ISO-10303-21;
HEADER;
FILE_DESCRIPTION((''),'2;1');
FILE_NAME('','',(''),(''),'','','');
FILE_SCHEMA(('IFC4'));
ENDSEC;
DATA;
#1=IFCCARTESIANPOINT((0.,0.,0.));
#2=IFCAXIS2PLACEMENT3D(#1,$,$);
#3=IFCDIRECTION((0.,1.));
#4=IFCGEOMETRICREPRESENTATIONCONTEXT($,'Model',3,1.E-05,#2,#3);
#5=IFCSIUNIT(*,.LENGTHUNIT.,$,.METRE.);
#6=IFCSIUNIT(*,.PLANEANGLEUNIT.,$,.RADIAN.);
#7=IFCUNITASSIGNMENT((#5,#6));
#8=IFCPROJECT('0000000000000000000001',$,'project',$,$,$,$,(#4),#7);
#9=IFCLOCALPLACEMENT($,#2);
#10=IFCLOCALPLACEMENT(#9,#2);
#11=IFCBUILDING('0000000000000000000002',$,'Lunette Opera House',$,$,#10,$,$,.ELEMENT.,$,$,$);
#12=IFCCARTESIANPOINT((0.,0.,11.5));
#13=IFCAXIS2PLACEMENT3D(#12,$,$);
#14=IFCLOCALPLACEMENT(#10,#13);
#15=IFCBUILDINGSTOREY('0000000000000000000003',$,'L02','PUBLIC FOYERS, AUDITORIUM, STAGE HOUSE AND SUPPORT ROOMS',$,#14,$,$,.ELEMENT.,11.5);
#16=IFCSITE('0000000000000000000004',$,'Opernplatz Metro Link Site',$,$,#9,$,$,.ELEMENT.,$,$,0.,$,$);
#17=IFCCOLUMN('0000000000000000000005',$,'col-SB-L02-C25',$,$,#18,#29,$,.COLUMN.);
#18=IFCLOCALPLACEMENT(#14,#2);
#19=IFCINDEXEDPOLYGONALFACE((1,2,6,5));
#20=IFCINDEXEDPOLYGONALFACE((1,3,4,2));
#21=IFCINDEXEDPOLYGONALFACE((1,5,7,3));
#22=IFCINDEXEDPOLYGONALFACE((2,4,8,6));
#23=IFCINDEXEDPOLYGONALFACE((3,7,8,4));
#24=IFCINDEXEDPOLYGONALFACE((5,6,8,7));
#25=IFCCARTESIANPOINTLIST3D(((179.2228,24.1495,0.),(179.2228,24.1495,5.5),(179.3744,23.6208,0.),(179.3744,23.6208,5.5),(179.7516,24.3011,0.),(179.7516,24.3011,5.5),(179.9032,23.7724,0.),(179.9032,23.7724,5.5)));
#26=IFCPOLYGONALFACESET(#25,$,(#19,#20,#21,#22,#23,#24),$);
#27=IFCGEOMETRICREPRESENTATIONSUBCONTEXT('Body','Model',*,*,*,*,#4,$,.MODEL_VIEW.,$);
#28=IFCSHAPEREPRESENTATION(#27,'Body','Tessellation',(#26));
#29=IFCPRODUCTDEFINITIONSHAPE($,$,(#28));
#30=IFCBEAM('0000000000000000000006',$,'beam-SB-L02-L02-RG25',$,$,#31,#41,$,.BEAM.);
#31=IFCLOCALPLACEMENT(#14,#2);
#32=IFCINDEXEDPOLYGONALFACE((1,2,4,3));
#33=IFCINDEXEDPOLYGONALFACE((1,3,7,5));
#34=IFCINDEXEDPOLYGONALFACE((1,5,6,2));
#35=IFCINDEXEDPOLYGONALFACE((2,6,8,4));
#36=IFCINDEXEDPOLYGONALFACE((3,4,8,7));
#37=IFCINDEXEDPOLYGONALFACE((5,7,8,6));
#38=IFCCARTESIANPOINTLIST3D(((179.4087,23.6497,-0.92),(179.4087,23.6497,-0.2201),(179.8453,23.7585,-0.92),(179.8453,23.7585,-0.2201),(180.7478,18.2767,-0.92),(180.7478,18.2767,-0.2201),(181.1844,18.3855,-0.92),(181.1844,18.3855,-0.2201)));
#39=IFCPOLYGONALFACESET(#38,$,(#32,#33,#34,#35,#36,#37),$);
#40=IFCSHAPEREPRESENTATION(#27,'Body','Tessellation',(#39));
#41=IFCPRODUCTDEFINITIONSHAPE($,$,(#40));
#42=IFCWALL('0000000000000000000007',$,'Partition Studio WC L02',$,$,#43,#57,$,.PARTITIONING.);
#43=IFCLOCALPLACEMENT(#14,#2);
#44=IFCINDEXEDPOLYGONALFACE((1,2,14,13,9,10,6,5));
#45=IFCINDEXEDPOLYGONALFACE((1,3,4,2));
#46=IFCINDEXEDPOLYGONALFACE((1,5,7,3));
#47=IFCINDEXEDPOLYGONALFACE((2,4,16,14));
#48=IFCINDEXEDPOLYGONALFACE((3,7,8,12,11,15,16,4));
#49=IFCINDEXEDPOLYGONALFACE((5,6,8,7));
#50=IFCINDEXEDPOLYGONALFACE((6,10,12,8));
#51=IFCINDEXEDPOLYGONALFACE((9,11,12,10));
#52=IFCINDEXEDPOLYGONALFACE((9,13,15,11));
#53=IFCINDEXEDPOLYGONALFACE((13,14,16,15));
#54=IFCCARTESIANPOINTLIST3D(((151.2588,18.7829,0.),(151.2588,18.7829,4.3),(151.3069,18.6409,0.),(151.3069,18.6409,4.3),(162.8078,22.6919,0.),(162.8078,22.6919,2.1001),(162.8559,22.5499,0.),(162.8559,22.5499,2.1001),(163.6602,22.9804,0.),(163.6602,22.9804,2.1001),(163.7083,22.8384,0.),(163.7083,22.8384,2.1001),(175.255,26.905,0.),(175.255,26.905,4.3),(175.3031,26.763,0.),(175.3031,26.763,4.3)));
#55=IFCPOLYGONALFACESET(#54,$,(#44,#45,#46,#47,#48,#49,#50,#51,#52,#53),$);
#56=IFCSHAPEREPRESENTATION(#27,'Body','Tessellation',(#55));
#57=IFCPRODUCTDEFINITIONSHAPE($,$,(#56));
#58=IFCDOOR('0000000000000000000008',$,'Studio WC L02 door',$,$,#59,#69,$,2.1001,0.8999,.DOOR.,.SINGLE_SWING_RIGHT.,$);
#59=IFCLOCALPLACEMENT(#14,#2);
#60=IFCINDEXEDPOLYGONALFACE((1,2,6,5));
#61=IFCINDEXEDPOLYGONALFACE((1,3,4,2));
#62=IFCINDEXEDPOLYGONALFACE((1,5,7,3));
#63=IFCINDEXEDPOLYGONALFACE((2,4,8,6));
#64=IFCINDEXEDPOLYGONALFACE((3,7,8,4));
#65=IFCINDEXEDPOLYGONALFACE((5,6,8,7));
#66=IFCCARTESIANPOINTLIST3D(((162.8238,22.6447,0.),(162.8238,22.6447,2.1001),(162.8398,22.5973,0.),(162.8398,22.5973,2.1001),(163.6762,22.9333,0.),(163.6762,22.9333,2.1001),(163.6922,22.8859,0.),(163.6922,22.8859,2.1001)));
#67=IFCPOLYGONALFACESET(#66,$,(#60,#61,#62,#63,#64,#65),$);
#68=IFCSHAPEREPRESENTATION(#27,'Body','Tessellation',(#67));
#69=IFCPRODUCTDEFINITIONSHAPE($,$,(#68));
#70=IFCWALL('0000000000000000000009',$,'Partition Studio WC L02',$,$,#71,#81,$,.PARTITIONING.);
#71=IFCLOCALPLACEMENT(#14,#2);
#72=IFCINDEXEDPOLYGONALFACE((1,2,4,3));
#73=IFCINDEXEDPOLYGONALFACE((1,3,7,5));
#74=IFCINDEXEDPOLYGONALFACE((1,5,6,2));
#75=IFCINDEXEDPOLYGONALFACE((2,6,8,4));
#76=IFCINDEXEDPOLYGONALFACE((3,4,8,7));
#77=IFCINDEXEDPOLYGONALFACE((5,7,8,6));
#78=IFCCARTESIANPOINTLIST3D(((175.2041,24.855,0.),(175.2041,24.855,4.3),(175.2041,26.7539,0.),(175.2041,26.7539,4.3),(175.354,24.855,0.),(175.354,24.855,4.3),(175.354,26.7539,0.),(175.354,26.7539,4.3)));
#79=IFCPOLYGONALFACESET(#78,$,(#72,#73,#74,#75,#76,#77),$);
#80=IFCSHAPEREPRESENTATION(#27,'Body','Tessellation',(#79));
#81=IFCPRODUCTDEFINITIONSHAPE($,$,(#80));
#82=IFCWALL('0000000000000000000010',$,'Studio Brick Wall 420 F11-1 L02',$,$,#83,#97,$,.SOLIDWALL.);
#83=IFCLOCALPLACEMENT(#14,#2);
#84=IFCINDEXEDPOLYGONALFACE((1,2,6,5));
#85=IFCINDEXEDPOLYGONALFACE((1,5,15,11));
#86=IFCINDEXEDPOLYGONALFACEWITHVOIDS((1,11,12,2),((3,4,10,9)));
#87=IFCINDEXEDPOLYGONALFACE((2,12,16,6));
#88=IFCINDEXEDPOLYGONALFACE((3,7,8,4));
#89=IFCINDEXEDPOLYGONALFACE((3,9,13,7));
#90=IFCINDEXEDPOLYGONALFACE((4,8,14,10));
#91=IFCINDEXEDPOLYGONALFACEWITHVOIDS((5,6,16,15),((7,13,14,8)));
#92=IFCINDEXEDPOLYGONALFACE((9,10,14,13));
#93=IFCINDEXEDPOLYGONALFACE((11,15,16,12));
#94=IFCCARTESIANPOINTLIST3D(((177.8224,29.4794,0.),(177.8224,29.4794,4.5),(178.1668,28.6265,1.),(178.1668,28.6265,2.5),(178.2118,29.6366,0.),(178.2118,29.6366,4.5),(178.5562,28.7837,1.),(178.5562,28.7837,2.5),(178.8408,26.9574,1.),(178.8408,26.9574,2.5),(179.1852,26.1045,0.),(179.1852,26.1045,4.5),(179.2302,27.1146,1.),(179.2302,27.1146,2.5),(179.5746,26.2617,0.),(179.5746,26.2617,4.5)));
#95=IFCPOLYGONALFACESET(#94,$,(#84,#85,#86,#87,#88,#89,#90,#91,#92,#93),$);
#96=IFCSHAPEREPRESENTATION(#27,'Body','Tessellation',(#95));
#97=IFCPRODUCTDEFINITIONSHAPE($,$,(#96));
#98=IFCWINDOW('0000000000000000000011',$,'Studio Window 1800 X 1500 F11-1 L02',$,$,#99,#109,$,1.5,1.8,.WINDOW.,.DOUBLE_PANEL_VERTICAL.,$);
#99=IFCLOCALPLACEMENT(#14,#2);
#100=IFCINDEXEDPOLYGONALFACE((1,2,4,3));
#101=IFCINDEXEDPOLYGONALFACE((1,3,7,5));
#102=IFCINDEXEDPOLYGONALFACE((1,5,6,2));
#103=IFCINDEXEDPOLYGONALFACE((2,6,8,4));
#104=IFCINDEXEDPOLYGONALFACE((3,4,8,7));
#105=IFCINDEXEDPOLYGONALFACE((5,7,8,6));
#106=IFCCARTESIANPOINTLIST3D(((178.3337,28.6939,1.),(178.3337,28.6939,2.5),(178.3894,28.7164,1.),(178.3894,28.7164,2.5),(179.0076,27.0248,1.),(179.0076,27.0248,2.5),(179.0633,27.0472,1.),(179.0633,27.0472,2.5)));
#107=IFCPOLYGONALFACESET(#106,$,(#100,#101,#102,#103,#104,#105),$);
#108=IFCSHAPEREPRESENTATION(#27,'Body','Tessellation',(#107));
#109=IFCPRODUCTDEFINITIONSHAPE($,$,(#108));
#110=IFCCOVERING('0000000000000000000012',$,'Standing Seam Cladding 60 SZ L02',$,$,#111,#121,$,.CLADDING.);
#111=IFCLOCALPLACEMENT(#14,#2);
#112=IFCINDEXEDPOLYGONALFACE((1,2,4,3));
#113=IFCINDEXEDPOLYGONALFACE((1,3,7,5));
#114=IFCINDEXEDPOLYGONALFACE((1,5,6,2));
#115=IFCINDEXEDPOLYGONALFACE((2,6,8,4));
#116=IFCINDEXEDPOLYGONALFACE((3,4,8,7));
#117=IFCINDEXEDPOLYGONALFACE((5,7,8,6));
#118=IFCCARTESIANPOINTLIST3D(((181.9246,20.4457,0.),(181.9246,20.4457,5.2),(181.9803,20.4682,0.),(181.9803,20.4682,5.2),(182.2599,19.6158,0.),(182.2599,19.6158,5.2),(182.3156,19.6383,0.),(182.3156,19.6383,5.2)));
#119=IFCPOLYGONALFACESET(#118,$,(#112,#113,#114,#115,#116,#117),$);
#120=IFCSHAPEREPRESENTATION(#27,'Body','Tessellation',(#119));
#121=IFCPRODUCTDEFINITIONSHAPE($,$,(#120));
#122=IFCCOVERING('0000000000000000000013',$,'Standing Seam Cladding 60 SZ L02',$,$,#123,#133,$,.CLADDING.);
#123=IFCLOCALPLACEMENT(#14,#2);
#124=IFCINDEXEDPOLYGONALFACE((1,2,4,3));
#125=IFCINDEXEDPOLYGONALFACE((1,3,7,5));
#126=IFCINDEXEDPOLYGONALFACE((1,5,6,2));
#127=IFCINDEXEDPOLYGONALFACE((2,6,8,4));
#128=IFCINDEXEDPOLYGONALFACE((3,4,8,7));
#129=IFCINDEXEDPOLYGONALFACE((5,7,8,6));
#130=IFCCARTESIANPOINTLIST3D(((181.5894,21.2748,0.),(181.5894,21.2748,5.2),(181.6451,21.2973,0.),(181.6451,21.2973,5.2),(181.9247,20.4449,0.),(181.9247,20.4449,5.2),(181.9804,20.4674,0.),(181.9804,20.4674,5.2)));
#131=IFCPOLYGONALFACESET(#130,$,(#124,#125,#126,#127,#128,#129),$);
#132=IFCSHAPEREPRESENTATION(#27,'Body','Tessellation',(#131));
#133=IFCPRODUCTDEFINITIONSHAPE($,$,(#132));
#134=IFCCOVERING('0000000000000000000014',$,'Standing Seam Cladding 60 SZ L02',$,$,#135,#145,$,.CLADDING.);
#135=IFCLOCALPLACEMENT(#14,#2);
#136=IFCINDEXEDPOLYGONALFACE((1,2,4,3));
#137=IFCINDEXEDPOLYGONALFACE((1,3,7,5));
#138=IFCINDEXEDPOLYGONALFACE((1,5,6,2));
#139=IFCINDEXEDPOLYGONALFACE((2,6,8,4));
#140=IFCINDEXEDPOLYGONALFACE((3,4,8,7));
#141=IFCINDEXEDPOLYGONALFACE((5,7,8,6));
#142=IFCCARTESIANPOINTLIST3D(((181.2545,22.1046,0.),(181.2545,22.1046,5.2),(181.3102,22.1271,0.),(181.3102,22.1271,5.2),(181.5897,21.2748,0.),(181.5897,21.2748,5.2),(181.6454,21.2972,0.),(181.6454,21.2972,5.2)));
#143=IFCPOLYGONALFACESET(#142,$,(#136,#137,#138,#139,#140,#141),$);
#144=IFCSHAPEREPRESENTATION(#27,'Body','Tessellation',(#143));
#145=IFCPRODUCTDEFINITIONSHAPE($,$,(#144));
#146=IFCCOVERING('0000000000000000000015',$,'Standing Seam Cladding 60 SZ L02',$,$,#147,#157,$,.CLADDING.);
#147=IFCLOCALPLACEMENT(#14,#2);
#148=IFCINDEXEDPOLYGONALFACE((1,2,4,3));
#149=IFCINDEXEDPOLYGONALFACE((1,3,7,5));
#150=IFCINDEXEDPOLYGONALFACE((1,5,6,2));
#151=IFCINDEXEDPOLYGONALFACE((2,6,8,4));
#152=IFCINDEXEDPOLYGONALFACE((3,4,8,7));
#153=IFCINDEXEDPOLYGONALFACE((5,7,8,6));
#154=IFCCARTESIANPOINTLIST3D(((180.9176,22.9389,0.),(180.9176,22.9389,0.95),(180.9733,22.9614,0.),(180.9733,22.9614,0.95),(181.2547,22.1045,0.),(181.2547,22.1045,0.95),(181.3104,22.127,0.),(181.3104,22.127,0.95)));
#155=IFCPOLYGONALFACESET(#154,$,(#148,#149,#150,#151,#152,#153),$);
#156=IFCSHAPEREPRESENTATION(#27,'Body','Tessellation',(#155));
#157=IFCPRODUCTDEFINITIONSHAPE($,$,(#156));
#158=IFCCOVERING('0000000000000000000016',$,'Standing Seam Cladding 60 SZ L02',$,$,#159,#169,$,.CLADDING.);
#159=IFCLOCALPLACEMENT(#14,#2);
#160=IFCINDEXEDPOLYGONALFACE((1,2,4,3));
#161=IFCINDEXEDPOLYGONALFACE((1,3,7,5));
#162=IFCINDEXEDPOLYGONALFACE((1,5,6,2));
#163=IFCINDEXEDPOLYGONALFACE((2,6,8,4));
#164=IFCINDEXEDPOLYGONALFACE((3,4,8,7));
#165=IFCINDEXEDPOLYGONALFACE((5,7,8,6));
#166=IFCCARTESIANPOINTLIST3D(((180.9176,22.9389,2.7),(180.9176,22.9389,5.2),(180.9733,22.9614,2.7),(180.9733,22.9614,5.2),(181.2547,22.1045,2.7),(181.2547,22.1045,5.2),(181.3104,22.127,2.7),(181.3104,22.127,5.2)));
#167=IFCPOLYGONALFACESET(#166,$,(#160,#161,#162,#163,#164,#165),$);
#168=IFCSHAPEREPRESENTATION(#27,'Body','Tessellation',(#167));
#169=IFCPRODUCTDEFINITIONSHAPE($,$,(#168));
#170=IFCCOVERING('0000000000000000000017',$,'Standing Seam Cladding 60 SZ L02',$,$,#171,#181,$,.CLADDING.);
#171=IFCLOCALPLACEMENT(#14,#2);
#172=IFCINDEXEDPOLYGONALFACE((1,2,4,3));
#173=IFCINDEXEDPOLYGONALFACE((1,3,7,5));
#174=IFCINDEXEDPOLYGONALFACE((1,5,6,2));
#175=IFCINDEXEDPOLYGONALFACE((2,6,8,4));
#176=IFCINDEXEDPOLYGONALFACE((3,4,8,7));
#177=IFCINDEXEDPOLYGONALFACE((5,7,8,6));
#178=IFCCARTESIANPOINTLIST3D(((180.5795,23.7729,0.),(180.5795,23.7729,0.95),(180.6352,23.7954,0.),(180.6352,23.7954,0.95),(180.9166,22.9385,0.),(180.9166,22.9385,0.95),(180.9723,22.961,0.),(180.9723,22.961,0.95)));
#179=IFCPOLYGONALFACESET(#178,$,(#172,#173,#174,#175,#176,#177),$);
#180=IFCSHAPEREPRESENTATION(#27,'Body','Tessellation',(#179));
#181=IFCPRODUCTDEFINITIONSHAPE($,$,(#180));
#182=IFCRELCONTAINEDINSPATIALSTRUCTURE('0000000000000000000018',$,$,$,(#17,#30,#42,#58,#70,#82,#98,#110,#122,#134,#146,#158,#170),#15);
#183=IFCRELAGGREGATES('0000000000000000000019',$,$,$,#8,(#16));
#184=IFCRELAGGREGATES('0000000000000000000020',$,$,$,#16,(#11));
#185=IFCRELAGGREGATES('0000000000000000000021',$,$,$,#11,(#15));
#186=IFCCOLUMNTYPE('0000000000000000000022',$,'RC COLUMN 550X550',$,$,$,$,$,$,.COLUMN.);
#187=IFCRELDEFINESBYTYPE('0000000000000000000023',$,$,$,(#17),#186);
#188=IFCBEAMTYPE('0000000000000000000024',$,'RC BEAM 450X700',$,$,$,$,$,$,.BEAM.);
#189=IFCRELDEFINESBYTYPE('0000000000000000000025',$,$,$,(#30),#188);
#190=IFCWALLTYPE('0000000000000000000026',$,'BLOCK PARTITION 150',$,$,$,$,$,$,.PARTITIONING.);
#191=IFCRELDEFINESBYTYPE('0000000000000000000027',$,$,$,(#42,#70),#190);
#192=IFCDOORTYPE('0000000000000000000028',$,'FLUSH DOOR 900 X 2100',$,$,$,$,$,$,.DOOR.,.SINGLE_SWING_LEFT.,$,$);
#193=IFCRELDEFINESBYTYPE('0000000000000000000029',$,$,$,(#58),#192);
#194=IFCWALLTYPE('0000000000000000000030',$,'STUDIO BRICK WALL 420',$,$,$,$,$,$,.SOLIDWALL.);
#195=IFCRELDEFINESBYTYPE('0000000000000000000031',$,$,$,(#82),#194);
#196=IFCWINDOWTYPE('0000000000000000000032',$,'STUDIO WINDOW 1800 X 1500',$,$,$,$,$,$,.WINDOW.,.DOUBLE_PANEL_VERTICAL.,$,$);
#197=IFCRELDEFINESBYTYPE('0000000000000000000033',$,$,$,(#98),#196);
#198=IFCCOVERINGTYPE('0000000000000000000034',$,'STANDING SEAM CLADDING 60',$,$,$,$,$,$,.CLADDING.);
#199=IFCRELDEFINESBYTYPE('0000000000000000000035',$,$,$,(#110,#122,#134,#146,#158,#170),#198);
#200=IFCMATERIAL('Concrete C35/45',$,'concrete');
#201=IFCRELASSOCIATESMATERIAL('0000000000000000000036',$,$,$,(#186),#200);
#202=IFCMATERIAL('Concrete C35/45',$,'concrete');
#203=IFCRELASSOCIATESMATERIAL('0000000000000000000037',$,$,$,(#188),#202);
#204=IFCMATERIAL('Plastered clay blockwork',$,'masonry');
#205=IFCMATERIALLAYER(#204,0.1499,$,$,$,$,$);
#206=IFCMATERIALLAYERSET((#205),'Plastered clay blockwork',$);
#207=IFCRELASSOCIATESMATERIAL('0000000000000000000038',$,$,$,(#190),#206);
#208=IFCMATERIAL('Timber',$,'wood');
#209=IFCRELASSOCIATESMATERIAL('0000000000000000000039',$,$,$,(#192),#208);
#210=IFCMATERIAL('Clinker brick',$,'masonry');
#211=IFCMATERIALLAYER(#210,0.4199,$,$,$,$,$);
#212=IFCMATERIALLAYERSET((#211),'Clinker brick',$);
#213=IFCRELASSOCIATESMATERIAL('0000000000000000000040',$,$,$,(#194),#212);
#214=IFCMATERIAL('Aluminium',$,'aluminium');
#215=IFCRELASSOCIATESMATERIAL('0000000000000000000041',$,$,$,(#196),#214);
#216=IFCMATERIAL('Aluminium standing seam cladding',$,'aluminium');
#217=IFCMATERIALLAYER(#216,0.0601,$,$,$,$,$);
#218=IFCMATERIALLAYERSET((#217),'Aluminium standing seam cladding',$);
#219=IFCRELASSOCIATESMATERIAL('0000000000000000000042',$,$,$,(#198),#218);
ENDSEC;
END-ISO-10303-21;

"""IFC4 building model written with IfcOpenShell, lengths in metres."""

from ifc_helpers import new_model, si_unit, direction, frame, frame_2d, origin, origin_2d, place, context, subcontext, project, spatial, rectangle, extrude, material, layer, layer_set, material_profile, profile_set, type_object, element, fill, save


model = new_model("IFC4")

# Units and contexts
model_context = context("Model", 3, precision=1e-05, world=origin(), true_north=direction((0.0, 1.0)))
body_context = subcontext(model_context, "Body", "Model", "MODEL_VIEW")
ifc_project = project(units=[si_unit("LENGTHUNIT", "METRE"), si_unit("PLANEANGLEUNIT", "RADIAN")], contexts=[model_context])

# Site, building, storey
site_placement = place(None, origin())
site = spatial("IfcSite", under=ifc_project, at=site_placement, Name="Opernplatz Metro Link Site", CompositionType="ELEMENT", RefElevation=0.0)
building_placement = place(site_placement, origin())
building = spatial("IfcBuilding", under=site, at=building_placement, Name="Lunette Opera House", CompositionType="ELEMENT")
storey_placement = place(building_placement, frame((0.0, 0.0, 11.5)))
storey = spatial("IfcBuildingStorey", under=building, at=storey_placement, Name="L02", Description="PUBLIC FOYERS, AUDITORIUM, STAGE HOUSE AND SUPPORT ROOMS", CompositionType="ELEMENT", Elevation=11.5)

# Column
ifc_material_1 = material(Name="Concrete C35/45", Category="concrete")
ifc_material_profile_1 = material_profile(ifc_material_1, rectangle(XDim=0.55, YDim=0.55, at=origin_2d()), Name="RC COLUMN 550X550")
ifc_profile_set_1 = profile_set([ifc_material_profile_1], Name="Concrete C35/45")
column_type = type_object("IfcColumnType", Name="RC COLUMN 550X550", PredefinedType="COLUMN", material=ifc_profile_set_1)
column_placement = place(storey_placement, frame((179.563, 23.9609, 0.0), z_axis=(0.0, 0.0, 1.0), x_axis=(0.275637, -0.961262, 0.0)))
element("IfcColumn", 1, at=column_placement, inside=storey, type_object=column_type, Name="col-SB-L02-C25", PredefinedType="COLUMN", context=body_context, shape_type="SweptSolid", body=[
    extrude(rectangle(XDim=0.55, YDim=0.55, at=origin_2d()), origin(), (0.0, 0.0, 1.0), 5.5),
])

# Beam
ifc_material_2 = material(Name="Concrete C35/45", Category="concrete")
ifc_material_profile_2 = material_profile(ifc_material_2, rectangle(XDim=0.45, YDim=0.7, at=origin_2d()), Name="RC BEAM 450X700")
ifc_profile_set_2 = profile_set([ifc_material_profile_2], Name="Concrete C35/45")
beam_type = type_object("IfcBeamType", Name="RC BEAM 450X700", PredefinedType="BEAM", material=ifc_profile_set_2)
beam_placement = place(storey_placement, frame((179.627, 23.7041, -0.5701), z_axis=(0.24183, -0.970319, 0.0), x_axis=(0.970319, 0.24183, 0.0)))
element("IfcBeam", 2, at=beam_placement, inside=storey, type_object=beam_type, Name="beam-SB-L02-L02-RG25", PredefinedType="BEAM", context=body_context, shape_type="SweptSolid", body=[
    extrude(rectangle(XDim=0.45, YDim=0.7, at=origin_2d()), origin(), (0.0, 0.0, 1.0), 5.5374),
])

# Wall, opening, door
ifc_material_3 = material(Name="Plastered clay blockwork", Category="masonry")
ifc_layer_1 = layer(ifc_material_3, 0.1499)
ifc_layer_set_1 = layer_set([ifc_layer_1], Name="Plastered clay blockwork")
wall_type_1 = type_object("IfcWallType", Name="BLOCK PARTITION 150", PredefinedType="PARTITIONING", material=ifc_layer_set_1)
wall_1_placement = place(storey_placement, frame((175.2791, 26.834, 0.0), z_axis=(0.0, 0.0, 1.0), x_axis=(-0.947212, -0.320607, 0.0)))
wall_1 = element("IfcWall", 3, at=wall_1_placement, inside=storey, type_object=wall_type_1, Name="Partition Studio WC L02", PredefinedType="PARTITIONING", context=body_context, shape_type="SweptSolid", body=[
    extrude(rectangle(XDim=25.3335, YDim=0.1499, at=frame_2d((12.6667, 0.0))), origin(), (0.0, 0.0, 1.0), 4.3),
])
opening_1_placement = place(wall_1_placement, frame((12.241, 0.0, 0.0)))
opening_1 = element("IfcOpeningElement", 4, at=opening_1_placement, cuts=wall_1, PredefinedType="OPENING", context=body_context, shape_type="SweptSolid", body=[
    extrude(rectangle(XDim=0.8999, YDim=2.1001, at=frame_2d((0.45, 1.05))), frame((0.0, 0.0869, 0.0), z_axis=(0.0, -1.0, 0.0), x_axis=(1.0, 0.0, 0.0)), (0.0, 0.0, 1.0), 0.1738),
])
ifc_material_4 = material(Name="Timber", Category="wood")
door_type = type_object("IfcDoorType", Name="FLUSH DOOR 900 X 2100", OperationType="SINGLE_SWING_LEFT", PredefinedType="DOOR", material=ifc_material_4)
door_placement = place(opening_1_placement, origin())
door = element("IfcDoor", 5, at=door_placement, inside=storey, type_object=door_type, Name="Studio WC L02 door", OperationType="SINGLE_SWING_RIGHT", OverallHeight=2.1001, OverallWidth=0.8999, PredefinedType="DOOR", context=body_context, shape_type="SweptSolid", body=[
    extrude(rectangle(XDim=0.8999, YDim=2.1001, at=frame_2d((0.45, 1.05))), frame((0.0, 0.0249, 0.0), z_axis=(0.0, -1.0, 0.0), x_axis=(1.0, 0.0, 0.0)), (0.0, 0.0, 1.0), 0.05),
])
fill(opening_1, door)

# Wall
wall_2_placement = place(storey_placement, frame((175.2791, 24.855, 0.0), z_axis=(0.0, 0.0, 1.0), x_axis=(0.0, 1.0, 0.0)))
element("IfcWall", 6, at=wall_2_placement, inside=storey, type_object=wall_type_1, Name="Partition Studio WC L02", PredefinedType="PARTITIONING", context=body_context, shape_type="SweptSolid", body=[
    extrude(rectangle(XDim=1.8989, YDim=0.1499, at=frame_2d((0.9495, 0.0))), origin(), (0.0, 0.0, 1.0), 4.3),
])

# Wall, opening, window
ifc_material_5 = material(Name="Clinker brick", Category="masonry")
ifc_layer_2 = layer(ifc_material_5, 0.4199)
ifc_layer_set_2 = layer_set([ifc_layer_2], Name="Clinker brick")
wall_type_2 = type_object("IfcWallType", Name="STUDIO BRICK WALL 420", PredefinedType="SOLIDWALL", material=ifc_layer_set_2)
wall_3_placement = place(storey_placement, frame((179.3799, 26.1831, 0.0), z_axis=(0.0, 0.0, 1.0), x_axis=(-0.374419, 0.92726, 0.0)))
wall_3 = element("IfcWall", 7, at=wall_3_placement, inside=storey, type_object=wall_type_2, Name="Studio Brick Wall 420 F11-1 L02", PredefinedType="SOLIDWALL", context=body_context, shape_type="SweptSolid", body=[
    extrude(rectangle(XDim=3.6396, YDim=0.4199, at=frame_2d((1.8198, 0.0))), origin(), (0.0, 0.0, 1.0), 4.5),
])
opening_2_placement = place(wall_3_placement, frame((0.9199, 0.0, 1.0)))
opening_2 = element("IfcOpeningElement", 8, at=opening_2_placement, cuts=wall_3, PredefinedType="OPENING", context=body_context, shape_type="SweptSolid", body=[
    extrude(rectangle(XDim=1.8, YDim=1.5, at=frame_2d((0.8999, 0.75))), frame((0.0, 0.2219, 0.0), z_axis=(0.0, -1.0, 0.0), x_axis=(1.0, 0.0, 0.0)), (0.0, 0.0, 1.0), 0.4438),
])
ifc_material_6 = material(Name="Aluminium", Category="aluminium")
window_type = type_object("IfcWindowType", Name="STUDIO WINDOW 1800 X 1500", PartitioningType="DOUBLE_PANEL_VERTICAL", PredefinedType="WINDOW", material=ifc_material_6)
window_placement = place(opening_2_placement, origin())
window = element("IfcWindow", 9, at=window_placement, inside=storey, type_object=window_type, Name="Studio Window 1800 X 1500 F11-1 L02", OverallHeight=1.5, OverallWidth=1.8, PartitioningType="DOUBLE_PANEL_VERTICAL", PredefinedType="WINDOW", context=body_context, shape_type="SweptSolid", body=[
    extrude(rectangle(XDim=1.8, YDim=1.5, at=frame_2d((0.8999, 0.75))), frame((0.0, 0.03, 0.0), z_axis=(0.0, -1.0, 0.0), x_axis=(1.0, 0.0, 0.0)), (0.0, 0.0, 1.0), 0.0601),
])
fill(opening_2, window)

# Coverings
ifc_material_7 = material(Name="Aluminium standing seam cladding", Category="aluminium")
ifc_layer_3 = layer(ifc_material_7, 0.0601)
ifc_layer_set_3 = layer_set([ifc_layer_3], Name="Aluminium standing seam cladding")
covering_type = type_object("IfcCoveringType", Name="STANDING SEAM CLADDING 60", PredefinedType="CLADDING", material=ifc_layer_set_3)
for number, where, z_axis, x_axis, name in (
    (10, (182.1201, 20.042, 0.0), (0.0, 0.0, 1.0), (-0.374587, 0.927192, 0.0), "Standing Seam Cladding 60 SZ L02"),
    (11, (181.7849, 20.8711, 0.0), (0.0, 0.0, 1.0), (-0.374587, 0.927192, 0.0), "Standing Seam Cladding 60 SZ L02"),
    (12, (181.45, 21.7009, 0.0), (0.0, 0.0, 1.0), (-0.374587, 0.927192, 0.0), "Standing Seam Cladding 60 SZ L02"),
):
    element("IfcCovering", number, at=place(storey_placement, frame(where, z_axis=z_axis, x_axis=x_axis)), inside=storey, type_object=covering_type, Name=name, PredefinedType="CLADDING", context=body_context, shape_type="SweptSolid", body=[
        extrude(rectangle(XDim=0.895, YDim=0.0601, at=origin_2d()), origin(), (0.0, 0.0, 1.0), 5.2),
    ])
covering_1_placement = place(storey_placement, frame((181.114, 22.533, 0.0), z_axis=(0.0, 0.0, 1.0), x_axis=(-0.374587, 0.927192, 0.0)))
element("IfcCovering", 13, at=covering_1_placement, inside=storey, type_object=covering_type, Name="Standing Seam Cladding 60 SZ L02", PredefinedType="CLADDING", context=body_context, shape_type="SweptSolid", body=[
    extrude(rectangle(XDim=0.8999, YDim=0.0601, at=origin_2d()), origin(), (0.0, 0.0, 1.0), 0.95),
])
covering_2_placement = place(storey_placement, frame((181.114, 22.533, 2.7), z_axis=(0.0, 0.0, 1.0), x_axis=(-0.374587, 0.927192, 0.0)))
element("IfcCovering", 14, at=covering_2_placement, inside=storey, type_object=covering_type, Name="Standing Seam Cladding 60 SZ L02", PredefinedType="CLADDING", context=body_context, shape_type="SweptSolid", body=[
    extrude(rectangle(XDim=0.8999, YDim=0.0601, at=origin_2d()), origin(), (0.0, 0.0, 1.0), 2.5),
])
covering_3_placement = place(storey_placement, frame((180.7759, 23.3669, 0.0), z_axis=(0.0, 0.0, 1.0), x_axis=(-0.374587, 0.927192, 0.0)))
element("IfcCovering", 15, at=covering_3_placement, inside=storey, type_object=covering_type, Name="Standing Seam Cladding 60 SZ L02", PredefinedType="CLADDING", context=body_context, shape_type="SweptSolid", body=[
    extrude(rectangle(XDim=0.8999, YDim=0.0601, at=origin_2d()), origin(), (0.0, 0.0, 1.0), 0.95),
])

save(model, "model.ifc")
